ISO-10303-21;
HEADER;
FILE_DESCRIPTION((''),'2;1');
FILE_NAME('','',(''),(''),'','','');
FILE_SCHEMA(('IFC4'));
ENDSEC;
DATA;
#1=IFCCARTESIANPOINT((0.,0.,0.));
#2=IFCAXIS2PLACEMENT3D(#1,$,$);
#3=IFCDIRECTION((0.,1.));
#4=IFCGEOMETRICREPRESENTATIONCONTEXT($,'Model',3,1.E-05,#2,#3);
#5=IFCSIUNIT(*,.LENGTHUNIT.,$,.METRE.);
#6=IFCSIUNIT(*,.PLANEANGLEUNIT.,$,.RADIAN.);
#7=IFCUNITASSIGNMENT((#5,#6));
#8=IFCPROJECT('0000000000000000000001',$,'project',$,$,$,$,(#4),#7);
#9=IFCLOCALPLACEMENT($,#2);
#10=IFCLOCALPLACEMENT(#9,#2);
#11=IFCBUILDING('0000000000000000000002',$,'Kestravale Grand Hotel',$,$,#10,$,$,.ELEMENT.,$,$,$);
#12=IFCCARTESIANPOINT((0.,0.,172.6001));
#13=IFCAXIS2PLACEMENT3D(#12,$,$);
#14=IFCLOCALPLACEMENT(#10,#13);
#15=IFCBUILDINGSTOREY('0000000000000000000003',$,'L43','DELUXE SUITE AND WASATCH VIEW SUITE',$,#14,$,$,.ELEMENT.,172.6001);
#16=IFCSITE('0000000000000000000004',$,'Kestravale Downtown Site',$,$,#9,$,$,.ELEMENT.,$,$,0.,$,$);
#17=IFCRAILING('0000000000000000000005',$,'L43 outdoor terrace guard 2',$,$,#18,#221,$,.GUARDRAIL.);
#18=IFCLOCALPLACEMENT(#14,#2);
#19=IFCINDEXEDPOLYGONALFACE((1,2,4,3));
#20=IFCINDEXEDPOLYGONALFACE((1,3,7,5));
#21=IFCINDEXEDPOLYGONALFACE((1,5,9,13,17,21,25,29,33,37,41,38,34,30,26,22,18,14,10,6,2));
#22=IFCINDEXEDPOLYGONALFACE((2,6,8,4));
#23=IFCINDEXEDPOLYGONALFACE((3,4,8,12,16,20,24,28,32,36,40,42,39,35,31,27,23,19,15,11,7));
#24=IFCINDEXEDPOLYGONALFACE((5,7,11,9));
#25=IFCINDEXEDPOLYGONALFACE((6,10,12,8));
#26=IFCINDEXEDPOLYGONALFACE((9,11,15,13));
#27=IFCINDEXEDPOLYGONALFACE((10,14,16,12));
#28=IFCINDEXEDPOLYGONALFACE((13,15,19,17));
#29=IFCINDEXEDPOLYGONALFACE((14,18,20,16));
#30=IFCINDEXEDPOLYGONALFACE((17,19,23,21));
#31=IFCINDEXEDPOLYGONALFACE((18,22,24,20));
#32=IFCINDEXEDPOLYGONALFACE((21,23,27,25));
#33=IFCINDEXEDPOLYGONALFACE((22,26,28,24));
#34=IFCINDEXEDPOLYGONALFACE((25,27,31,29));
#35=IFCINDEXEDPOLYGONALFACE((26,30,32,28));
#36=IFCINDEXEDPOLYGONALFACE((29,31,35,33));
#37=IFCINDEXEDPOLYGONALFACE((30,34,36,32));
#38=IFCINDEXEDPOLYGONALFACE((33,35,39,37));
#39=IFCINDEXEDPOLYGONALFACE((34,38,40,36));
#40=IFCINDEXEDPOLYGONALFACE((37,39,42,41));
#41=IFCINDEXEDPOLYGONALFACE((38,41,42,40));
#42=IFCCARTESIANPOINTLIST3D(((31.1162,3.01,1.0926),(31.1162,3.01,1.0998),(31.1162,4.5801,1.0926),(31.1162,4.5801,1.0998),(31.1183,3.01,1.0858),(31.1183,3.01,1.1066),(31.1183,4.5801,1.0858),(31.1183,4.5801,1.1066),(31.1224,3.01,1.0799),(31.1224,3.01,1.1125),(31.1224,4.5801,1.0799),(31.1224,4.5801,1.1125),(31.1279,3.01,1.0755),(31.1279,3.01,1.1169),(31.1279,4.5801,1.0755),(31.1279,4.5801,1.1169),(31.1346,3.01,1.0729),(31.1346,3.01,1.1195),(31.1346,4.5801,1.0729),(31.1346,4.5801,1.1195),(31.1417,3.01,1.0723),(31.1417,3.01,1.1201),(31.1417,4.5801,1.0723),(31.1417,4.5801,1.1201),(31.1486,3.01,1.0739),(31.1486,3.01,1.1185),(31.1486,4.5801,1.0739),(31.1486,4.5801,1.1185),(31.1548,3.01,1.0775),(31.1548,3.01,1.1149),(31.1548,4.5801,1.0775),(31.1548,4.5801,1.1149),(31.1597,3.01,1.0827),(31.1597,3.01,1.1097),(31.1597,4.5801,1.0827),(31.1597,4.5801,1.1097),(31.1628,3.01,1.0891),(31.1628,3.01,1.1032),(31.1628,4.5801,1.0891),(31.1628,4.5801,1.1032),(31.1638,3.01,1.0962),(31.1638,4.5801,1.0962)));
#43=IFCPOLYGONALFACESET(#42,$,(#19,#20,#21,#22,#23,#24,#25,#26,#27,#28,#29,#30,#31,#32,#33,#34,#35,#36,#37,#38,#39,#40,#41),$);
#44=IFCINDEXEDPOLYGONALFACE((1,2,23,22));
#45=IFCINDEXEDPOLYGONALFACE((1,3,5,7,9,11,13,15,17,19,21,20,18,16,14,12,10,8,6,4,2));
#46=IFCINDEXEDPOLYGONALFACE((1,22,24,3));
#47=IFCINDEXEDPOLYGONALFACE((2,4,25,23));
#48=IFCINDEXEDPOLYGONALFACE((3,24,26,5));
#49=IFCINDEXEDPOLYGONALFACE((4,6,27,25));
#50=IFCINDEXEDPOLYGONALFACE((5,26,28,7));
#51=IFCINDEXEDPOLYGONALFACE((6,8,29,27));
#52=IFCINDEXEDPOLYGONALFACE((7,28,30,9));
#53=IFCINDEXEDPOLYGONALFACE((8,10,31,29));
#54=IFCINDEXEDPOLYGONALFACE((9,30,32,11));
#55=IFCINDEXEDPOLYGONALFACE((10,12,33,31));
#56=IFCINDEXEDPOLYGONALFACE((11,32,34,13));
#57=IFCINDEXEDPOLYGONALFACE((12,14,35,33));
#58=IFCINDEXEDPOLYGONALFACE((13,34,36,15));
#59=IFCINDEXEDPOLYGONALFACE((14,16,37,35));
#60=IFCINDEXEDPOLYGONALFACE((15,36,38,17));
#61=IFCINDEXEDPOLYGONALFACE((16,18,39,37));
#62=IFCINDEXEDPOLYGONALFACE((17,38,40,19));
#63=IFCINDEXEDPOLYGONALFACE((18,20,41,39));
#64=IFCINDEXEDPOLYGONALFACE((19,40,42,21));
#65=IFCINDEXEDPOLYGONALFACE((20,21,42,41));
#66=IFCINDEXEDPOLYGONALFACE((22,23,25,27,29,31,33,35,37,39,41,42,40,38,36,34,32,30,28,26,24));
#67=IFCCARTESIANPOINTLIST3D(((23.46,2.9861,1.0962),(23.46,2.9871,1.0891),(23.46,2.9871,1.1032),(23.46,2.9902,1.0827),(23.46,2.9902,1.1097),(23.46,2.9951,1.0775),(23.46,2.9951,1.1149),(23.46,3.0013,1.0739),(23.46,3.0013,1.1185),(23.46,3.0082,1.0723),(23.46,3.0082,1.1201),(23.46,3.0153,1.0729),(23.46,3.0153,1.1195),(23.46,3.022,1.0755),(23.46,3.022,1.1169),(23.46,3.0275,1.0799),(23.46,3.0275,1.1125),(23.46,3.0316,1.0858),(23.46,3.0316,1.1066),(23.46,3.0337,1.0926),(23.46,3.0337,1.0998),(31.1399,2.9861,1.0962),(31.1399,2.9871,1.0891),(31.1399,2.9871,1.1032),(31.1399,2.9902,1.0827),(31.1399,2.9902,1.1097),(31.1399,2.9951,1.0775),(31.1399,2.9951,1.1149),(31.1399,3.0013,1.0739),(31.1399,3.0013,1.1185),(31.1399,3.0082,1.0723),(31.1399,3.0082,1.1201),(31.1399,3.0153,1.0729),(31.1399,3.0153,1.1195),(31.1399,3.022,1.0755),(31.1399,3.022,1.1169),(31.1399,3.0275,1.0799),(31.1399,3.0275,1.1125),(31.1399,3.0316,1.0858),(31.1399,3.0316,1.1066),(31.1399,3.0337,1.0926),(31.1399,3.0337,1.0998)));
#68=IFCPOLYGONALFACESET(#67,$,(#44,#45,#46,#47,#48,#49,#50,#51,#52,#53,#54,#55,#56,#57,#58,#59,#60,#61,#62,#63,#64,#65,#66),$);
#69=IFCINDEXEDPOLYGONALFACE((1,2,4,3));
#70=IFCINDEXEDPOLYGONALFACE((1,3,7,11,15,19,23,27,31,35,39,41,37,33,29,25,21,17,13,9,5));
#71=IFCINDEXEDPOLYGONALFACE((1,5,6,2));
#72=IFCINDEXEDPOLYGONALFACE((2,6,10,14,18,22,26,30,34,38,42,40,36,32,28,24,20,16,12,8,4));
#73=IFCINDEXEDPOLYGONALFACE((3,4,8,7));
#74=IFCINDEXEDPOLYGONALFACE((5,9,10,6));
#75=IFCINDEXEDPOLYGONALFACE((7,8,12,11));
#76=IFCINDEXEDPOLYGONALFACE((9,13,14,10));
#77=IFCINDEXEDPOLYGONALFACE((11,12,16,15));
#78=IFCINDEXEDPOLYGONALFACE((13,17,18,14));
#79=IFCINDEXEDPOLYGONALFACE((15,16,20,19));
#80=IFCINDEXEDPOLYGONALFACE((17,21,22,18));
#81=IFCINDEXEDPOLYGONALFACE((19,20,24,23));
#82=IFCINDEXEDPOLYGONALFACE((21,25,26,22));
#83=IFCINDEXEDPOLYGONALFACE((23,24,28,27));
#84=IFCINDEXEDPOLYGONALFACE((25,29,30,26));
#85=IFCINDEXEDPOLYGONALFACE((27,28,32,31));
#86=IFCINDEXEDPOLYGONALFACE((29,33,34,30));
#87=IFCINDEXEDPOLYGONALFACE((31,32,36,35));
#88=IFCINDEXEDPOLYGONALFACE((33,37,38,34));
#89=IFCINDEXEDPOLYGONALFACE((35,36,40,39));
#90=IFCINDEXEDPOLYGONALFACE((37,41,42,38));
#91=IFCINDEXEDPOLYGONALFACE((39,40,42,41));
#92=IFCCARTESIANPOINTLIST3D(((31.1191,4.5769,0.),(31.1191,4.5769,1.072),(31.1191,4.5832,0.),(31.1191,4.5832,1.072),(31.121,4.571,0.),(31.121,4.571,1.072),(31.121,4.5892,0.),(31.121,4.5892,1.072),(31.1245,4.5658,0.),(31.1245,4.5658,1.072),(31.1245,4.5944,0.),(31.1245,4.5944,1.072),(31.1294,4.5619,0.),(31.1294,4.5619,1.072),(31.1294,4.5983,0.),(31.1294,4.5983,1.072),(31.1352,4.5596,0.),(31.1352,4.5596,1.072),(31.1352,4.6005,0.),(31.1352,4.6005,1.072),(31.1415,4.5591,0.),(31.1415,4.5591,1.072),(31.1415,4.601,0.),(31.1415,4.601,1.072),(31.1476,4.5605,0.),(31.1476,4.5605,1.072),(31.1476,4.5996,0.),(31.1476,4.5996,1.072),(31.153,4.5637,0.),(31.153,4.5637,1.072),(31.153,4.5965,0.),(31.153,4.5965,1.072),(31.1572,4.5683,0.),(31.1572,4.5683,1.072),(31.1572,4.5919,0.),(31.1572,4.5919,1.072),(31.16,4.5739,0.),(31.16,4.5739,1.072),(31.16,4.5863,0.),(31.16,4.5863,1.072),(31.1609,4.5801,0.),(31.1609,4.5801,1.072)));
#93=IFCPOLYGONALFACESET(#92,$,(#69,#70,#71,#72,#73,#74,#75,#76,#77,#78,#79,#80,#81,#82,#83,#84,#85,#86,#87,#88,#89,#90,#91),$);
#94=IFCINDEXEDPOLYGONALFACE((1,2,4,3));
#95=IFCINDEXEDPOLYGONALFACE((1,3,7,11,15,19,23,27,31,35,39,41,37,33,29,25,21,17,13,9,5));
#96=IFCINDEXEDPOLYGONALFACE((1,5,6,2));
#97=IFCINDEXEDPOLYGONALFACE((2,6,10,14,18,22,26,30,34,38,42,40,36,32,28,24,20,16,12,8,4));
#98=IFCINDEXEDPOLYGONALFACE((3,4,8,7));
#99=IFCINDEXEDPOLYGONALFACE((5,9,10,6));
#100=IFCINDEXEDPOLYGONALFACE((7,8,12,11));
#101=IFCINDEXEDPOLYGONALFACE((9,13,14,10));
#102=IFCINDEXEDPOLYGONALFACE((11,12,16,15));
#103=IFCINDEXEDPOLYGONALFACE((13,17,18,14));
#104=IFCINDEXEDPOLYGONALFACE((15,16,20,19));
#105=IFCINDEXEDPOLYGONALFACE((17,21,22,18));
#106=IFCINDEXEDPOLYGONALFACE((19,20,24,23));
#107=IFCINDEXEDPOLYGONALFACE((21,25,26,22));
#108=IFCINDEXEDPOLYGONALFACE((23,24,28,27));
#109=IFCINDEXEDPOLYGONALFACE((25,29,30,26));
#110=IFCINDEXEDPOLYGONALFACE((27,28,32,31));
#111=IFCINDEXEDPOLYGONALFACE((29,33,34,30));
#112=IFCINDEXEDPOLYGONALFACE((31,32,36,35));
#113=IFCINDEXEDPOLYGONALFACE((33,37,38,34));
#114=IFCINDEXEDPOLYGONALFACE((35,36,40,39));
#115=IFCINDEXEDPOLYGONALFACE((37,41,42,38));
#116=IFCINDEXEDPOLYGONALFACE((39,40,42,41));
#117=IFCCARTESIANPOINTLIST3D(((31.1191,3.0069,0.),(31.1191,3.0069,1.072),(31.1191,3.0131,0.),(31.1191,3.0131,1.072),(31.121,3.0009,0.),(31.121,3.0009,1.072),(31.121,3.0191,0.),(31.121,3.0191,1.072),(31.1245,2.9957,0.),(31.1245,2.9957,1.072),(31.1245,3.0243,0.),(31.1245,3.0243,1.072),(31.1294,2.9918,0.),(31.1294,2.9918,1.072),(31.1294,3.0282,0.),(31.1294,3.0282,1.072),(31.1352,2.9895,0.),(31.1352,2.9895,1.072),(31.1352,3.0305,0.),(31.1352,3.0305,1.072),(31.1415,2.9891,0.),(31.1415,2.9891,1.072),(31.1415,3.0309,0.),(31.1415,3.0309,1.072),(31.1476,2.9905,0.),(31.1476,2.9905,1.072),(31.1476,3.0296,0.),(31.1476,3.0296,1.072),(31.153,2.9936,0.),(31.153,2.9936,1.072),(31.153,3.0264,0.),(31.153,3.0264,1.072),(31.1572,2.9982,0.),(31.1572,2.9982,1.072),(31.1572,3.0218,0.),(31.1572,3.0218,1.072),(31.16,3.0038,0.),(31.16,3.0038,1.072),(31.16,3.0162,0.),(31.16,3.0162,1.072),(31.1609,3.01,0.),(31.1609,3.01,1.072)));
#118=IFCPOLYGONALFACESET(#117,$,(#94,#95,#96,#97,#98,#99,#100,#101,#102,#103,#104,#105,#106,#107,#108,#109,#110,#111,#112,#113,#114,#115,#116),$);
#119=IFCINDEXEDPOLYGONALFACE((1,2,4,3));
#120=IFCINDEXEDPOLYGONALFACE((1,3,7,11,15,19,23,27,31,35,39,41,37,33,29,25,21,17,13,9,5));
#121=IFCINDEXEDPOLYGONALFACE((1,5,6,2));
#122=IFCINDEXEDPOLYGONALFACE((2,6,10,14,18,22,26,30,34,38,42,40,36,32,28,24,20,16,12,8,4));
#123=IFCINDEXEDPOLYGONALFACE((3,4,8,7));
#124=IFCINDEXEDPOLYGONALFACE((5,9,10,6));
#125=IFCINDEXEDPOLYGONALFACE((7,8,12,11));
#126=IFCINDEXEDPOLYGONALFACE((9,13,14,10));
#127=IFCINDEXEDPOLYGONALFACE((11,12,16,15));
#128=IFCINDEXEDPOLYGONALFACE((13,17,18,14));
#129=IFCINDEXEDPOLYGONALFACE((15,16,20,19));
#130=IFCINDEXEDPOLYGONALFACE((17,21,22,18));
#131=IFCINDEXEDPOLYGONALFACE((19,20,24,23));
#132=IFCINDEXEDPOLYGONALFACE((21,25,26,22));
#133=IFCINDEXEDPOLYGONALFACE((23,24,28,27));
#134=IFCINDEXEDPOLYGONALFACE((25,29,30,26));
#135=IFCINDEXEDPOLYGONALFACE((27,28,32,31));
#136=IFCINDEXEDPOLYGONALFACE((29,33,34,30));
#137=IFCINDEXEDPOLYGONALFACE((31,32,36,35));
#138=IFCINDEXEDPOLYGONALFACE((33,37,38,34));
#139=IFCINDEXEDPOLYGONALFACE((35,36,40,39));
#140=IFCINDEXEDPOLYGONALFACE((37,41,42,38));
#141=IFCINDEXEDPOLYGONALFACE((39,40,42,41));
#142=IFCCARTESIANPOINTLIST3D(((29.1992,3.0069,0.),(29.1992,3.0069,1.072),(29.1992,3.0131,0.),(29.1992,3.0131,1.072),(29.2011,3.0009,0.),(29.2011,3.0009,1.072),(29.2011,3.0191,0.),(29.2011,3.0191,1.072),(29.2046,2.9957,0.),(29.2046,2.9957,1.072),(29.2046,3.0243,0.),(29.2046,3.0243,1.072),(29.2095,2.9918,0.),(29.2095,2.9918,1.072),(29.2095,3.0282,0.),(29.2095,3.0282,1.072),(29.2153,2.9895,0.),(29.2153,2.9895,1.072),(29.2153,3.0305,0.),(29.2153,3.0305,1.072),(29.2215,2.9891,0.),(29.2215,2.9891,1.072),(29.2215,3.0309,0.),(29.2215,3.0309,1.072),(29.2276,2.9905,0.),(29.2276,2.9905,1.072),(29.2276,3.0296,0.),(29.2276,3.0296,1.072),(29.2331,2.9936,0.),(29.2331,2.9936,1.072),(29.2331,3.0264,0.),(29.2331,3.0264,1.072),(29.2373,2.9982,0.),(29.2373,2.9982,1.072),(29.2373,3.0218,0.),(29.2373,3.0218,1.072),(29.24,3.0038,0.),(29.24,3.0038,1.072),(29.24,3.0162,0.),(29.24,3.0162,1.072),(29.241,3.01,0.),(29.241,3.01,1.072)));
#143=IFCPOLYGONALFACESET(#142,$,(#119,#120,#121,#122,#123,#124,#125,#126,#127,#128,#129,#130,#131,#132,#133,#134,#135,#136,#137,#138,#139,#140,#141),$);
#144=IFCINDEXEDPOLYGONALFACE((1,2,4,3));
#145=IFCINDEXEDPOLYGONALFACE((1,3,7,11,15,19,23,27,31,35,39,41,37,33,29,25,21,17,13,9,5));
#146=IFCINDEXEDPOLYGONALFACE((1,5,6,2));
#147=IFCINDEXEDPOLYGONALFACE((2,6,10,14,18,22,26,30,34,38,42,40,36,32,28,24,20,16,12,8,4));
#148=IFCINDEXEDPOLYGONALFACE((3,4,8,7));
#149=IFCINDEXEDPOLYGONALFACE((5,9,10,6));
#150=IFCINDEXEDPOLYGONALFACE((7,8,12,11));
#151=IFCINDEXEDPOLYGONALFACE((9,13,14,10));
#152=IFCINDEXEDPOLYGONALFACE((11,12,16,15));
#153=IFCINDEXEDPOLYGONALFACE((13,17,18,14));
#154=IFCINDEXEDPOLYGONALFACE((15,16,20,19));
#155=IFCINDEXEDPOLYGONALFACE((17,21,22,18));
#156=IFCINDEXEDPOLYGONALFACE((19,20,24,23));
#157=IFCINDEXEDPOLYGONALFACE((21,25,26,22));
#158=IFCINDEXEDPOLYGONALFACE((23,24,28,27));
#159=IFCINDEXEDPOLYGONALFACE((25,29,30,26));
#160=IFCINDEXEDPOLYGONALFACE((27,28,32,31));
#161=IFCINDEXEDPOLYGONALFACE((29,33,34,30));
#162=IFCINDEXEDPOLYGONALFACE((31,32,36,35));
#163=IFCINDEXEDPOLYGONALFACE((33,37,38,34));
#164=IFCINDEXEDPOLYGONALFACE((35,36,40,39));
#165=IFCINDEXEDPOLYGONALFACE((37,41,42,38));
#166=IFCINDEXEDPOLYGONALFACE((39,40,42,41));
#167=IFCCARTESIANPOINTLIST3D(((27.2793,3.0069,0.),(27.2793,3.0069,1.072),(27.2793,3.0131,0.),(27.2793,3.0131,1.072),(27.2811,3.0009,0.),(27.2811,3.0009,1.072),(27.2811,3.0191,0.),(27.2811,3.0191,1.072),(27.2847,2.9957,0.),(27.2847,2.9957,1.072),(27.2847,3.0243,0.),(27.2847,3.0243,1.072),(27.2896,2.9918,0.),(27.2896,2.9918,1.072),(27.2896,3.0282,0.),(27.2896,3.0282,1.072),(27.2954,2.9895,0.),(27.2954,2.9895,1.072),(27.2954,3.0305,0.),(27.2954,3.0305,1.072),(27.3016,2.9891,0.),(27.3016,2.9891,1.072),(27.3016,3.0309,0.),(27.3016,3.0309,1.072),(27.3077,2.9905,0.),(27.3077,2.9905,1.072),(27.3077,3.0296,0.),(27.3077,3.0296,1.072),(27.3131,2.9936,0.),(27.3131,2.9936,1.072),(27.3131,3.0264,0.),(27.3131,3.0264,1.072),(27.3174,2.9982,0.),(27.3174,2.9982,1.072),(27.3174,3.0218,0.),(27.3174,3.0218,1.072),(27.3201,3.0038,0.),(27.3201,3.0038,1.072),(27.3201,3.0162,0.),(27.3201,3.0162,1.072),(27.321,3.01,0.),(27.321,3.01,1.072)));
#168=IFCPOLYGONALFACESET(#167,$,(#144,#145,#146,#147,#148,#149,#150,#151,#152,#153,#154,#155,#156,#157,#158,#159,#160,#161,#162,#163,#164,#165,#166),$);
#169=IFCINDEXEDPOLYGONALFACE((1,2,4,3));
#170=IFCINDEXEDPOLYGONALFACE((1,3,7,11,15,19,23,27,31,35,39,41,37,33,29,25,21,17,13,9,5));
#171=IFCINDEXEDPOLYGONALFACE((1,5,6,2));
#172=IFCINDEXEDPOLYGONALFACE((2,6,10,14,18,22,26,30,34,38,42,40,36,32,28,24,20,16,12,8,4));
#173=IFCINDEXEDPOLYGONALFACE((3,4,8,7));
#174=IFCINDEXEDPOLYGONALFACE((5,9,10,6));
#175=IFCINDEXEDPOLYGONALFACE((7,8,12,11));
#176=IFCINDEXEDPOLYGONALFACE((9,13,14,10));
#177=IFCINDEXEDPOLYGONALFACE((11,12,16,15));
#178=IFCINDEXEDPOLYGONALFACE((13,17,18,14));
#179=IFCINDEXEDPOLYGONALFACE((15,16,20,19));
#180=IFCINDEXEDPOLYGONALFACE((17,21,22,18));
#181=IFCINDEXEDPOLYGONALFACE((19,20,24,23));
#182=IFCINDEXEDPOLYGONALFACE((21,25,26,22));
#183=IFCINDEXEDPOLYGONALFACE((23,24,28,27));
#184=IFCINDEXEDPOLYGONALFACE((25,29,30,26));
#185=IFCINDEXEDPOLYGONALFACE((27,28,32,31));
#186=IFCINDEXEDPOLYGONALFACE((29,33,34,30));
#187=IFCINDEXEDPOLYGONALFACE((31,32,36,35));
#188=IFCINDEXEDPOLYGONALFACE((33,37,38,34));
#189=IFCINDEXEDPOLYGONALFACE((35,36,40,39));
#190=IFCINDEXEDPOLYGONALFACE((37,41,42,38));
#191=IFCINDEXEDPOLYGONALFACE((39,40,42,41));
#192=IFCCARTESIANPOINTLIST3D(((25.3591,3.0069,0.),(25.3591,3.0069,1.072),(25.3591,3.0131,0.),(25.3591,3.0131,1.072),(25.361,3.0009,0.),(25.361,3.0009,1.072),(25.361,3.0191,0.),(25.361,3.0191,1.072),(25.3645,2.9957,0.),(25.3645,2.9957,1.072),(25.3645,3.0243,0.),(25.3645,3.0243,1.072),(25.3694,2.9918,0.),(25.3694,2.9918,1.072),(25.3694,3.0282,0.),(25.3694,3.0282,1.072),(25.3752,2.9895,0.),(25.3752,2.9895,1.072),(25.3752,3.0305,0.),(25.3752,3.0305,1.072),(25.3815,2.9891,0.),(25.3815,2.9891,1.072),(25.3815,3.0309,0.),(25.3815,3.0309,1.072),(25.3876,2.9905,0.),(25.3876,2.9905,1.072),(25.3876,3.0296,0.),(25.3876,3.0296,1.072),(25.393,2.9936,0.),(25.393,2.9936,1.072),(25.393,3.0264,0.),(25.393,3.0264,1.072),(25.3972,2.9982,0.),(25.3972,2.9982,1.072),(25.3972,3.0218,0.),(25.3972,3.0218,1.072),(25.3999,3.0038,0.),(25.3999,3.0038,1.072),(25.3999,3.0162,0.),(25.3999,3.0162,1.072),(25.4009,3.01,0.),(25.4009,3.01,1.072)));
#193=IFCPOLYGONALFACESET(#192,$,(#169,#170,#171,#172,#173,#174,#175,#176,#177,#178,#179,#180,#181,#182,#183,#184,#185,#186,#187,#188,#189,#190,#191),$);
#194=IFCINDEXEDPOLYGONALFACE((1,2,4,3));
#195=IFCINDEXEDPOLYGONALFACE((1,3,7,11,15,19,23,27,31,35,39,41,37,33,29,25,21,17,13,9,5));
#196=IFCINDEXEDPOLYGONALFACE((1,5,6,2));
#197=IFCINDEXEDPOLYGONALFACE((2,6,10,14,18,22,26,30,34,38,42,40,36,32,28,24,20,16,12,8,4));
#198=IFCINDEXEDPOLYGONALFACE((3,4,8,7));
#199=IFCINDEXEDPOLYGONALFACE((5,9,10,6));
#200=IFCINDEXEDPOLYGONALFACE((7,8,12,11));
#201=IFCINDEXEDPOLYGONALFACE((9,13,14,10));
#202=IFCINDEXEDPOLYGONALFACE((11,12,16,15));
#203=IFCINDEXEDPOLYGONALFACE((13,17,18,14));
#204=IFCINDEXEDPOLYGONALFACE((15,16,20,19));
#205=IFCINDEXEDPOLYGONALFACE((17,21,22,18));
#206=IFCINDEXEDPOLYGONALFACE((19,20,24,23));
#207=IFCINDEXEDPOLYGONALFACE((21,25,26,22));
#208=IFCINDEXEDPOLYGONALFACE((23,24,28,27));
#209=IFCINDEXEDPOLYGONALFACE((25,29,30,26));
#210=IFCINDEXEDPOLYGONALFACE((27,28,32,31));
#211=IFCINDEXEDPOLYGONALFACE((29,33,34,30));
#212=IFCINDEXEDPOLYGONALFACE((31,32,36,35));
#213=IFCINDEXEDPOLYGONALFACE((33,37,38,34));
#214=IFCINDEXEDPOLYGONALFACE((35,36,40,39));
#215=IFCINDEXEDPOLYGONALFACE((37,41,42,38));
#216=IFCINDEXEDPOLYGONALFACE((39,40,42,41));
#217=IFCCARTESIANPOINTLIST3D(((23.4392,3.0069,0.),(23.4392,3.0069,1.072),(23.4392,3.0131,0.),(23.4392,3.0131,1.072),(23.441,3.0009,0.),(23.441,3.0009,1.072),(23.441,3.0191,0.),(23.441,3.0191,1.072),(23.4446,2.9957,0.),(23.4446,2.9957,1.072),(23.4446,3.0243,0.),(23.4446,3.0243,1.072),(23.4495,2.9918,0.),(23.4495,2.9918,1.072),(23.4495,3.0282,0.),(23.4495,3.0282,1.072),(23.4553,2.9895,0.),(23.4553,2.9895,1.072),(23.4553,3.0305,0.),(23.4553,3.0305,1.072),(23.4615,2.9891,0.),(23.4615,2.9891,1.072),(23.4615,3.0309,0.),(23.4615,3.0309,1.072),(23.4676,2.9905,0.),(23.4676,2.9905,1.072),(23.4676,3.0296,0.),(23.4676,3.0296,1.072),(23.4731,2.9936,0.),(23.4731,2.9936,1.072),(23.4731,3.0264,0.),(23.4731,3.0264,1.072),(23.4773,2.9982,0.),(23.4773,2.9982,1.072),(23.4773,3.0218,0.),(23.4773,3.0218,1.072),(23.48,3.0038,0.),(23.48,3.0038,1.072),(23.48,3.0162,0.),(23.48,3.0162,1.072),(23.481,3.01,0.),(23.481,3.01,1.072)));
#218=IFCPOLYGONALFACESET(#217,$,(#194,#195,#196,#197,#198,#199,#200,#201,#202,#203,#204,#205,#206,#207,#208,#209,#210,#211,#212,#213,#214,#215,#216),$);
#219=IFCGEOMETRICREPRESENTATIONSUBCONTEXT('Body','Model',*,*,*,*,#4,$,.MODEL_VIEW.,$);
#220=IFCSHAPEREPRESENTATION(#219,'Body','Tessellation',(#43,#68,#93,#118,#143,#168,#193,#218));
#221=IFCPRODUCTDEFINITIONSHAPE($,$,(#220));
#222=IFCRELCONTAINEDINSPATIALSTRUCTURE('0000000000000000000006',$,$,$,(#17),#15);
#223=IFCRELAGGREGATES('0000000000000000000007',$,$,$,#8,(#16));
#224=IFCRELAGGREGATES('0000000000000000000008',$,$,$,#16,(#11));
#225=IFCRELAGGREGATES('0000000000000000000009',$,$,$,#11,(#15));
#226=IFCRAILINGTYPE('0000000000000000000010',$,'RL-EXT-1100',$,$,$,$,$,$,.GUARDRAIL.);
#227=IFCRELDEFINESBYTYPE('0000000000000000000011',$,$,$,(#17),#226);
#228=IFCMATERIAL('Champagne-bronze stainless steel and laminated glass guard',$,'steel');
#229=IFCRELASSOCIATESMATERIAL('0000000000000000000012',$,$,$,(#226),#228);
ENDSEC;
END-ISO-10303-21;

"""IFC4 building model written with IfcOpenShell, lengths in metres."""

from ifc_helpers import new_model, si_unit, direction, frame, origin, origin_2d, place, context, subcontext, project, spatial, circle, extrude, material, type_object, element, save


model = new_model("IFC4")

# Units and contexts
model_context = context("Model", 3, precision=1e-05, world=origin(), true_north=direction((0.0, 1.0)))
body_context = subcontext(model_context, "Body", "Model", "MODEL_VIEW")
ifc_project = project(units=[si_unit("LENGTHUNIT", "METRE"), si_unit("PLANEANGLEUNIT", "RADIAN")], contexts=[model_context])

# Site, building, storey
site_placement = place(None, origin())
site = spatial("IfcSite", under=ifc_project, at=site_placement, Name="Kestravale Downtown Site", CompositionType="ELEMENT", RefElevation=0.0)
building_placement = place(site_placement, origin())
building = spatial("IfcBuilding", under=site, at=building_placement, Name="Kestravale Grand Hotel", CompositionType="ELEMENT")
storey_placement = place(building_placement, frame((0.0, 0.0, 172.6001)))
storey = spatial("IfcBuildingStorey", under=building, at=storey_placement, Name="L43", Description="DELUXE SUITE AND WASATCH VIEW SUITE", CompositionType="ELEMENT", Elevation=172.6001)

# Railing
ifc_material_1 = material(Name="Champagne-bronze stainless steel and laminated glass guard", Category="steel")
railing_type = type_object("IfcRailingType", Name="RL-EXT-1100", PredefinedType="GUARDRAIL", material=ifc_material_1)
railing_1_placement = place(storey_placement, frame((31.1399, 4.5801, 0.0)))
element("IfcRailing", 1, at=railing_1_placement, inside=storey, type_object=railing_type, Name="L43 outdoor terrace guard 2", PredefinedType="GUARDRAIL", context=body_context, shape_type="SweptSolid", body=[
    extrude(circle(Radius=0.0239, at=origin_2d()), frame((0.0, 0.0, 1.0962), z_axis=(0.0, -1.0, 0.0), x_axis=(1.0, 0.0, 0.0)), (0.0, 0.0, 1.0), 1.5701),
    extrude(circle(Radius=0.0239, at=origin_2d()), frame((0.0, -1.5701, 1.0962), z_axis=(-1.0, 0.0, 0.0), x_axis=(0.0, -1.0, 0.0)), (0.0, 0.0, 1.0), 7.6799),
    extrude(circle(Radius=0.021, at=origin_2d()), origin(), (0.0, 0.0, 1.0), 1.072),
    extrude(circle(Radius=0.021, at=origin_2d()), frame((0.0, -1.5701, 0.0)), (0.0, 0.0, 1.0), 1.072),
    extrude(circle(Radius=0.021, at=origin_2d()), frame((-1.9199, -1.5701, 0.0)), (0.0, 0.0, 1.0), 1.072),
    extrude(circle(Radius=0.021, at=origin_2d()), frame((-3.8398, -1.5701, 0.0)), (0.0, 0.0, 1.0), 1.072),
    extrude(circle(Radius=0.021, at=origin_2d()), frame((-5.76, -1.5701, 0.0)), (0.0, 0.0, 1.0), 1.072),
    extrude(circle(Radius=0.021, at=origin_2d()), frame((-7.6799, -1.5701, 0.0)), (0.0, 0.0, 1.0), 1.072),
])

save(model, "model.ifc")
